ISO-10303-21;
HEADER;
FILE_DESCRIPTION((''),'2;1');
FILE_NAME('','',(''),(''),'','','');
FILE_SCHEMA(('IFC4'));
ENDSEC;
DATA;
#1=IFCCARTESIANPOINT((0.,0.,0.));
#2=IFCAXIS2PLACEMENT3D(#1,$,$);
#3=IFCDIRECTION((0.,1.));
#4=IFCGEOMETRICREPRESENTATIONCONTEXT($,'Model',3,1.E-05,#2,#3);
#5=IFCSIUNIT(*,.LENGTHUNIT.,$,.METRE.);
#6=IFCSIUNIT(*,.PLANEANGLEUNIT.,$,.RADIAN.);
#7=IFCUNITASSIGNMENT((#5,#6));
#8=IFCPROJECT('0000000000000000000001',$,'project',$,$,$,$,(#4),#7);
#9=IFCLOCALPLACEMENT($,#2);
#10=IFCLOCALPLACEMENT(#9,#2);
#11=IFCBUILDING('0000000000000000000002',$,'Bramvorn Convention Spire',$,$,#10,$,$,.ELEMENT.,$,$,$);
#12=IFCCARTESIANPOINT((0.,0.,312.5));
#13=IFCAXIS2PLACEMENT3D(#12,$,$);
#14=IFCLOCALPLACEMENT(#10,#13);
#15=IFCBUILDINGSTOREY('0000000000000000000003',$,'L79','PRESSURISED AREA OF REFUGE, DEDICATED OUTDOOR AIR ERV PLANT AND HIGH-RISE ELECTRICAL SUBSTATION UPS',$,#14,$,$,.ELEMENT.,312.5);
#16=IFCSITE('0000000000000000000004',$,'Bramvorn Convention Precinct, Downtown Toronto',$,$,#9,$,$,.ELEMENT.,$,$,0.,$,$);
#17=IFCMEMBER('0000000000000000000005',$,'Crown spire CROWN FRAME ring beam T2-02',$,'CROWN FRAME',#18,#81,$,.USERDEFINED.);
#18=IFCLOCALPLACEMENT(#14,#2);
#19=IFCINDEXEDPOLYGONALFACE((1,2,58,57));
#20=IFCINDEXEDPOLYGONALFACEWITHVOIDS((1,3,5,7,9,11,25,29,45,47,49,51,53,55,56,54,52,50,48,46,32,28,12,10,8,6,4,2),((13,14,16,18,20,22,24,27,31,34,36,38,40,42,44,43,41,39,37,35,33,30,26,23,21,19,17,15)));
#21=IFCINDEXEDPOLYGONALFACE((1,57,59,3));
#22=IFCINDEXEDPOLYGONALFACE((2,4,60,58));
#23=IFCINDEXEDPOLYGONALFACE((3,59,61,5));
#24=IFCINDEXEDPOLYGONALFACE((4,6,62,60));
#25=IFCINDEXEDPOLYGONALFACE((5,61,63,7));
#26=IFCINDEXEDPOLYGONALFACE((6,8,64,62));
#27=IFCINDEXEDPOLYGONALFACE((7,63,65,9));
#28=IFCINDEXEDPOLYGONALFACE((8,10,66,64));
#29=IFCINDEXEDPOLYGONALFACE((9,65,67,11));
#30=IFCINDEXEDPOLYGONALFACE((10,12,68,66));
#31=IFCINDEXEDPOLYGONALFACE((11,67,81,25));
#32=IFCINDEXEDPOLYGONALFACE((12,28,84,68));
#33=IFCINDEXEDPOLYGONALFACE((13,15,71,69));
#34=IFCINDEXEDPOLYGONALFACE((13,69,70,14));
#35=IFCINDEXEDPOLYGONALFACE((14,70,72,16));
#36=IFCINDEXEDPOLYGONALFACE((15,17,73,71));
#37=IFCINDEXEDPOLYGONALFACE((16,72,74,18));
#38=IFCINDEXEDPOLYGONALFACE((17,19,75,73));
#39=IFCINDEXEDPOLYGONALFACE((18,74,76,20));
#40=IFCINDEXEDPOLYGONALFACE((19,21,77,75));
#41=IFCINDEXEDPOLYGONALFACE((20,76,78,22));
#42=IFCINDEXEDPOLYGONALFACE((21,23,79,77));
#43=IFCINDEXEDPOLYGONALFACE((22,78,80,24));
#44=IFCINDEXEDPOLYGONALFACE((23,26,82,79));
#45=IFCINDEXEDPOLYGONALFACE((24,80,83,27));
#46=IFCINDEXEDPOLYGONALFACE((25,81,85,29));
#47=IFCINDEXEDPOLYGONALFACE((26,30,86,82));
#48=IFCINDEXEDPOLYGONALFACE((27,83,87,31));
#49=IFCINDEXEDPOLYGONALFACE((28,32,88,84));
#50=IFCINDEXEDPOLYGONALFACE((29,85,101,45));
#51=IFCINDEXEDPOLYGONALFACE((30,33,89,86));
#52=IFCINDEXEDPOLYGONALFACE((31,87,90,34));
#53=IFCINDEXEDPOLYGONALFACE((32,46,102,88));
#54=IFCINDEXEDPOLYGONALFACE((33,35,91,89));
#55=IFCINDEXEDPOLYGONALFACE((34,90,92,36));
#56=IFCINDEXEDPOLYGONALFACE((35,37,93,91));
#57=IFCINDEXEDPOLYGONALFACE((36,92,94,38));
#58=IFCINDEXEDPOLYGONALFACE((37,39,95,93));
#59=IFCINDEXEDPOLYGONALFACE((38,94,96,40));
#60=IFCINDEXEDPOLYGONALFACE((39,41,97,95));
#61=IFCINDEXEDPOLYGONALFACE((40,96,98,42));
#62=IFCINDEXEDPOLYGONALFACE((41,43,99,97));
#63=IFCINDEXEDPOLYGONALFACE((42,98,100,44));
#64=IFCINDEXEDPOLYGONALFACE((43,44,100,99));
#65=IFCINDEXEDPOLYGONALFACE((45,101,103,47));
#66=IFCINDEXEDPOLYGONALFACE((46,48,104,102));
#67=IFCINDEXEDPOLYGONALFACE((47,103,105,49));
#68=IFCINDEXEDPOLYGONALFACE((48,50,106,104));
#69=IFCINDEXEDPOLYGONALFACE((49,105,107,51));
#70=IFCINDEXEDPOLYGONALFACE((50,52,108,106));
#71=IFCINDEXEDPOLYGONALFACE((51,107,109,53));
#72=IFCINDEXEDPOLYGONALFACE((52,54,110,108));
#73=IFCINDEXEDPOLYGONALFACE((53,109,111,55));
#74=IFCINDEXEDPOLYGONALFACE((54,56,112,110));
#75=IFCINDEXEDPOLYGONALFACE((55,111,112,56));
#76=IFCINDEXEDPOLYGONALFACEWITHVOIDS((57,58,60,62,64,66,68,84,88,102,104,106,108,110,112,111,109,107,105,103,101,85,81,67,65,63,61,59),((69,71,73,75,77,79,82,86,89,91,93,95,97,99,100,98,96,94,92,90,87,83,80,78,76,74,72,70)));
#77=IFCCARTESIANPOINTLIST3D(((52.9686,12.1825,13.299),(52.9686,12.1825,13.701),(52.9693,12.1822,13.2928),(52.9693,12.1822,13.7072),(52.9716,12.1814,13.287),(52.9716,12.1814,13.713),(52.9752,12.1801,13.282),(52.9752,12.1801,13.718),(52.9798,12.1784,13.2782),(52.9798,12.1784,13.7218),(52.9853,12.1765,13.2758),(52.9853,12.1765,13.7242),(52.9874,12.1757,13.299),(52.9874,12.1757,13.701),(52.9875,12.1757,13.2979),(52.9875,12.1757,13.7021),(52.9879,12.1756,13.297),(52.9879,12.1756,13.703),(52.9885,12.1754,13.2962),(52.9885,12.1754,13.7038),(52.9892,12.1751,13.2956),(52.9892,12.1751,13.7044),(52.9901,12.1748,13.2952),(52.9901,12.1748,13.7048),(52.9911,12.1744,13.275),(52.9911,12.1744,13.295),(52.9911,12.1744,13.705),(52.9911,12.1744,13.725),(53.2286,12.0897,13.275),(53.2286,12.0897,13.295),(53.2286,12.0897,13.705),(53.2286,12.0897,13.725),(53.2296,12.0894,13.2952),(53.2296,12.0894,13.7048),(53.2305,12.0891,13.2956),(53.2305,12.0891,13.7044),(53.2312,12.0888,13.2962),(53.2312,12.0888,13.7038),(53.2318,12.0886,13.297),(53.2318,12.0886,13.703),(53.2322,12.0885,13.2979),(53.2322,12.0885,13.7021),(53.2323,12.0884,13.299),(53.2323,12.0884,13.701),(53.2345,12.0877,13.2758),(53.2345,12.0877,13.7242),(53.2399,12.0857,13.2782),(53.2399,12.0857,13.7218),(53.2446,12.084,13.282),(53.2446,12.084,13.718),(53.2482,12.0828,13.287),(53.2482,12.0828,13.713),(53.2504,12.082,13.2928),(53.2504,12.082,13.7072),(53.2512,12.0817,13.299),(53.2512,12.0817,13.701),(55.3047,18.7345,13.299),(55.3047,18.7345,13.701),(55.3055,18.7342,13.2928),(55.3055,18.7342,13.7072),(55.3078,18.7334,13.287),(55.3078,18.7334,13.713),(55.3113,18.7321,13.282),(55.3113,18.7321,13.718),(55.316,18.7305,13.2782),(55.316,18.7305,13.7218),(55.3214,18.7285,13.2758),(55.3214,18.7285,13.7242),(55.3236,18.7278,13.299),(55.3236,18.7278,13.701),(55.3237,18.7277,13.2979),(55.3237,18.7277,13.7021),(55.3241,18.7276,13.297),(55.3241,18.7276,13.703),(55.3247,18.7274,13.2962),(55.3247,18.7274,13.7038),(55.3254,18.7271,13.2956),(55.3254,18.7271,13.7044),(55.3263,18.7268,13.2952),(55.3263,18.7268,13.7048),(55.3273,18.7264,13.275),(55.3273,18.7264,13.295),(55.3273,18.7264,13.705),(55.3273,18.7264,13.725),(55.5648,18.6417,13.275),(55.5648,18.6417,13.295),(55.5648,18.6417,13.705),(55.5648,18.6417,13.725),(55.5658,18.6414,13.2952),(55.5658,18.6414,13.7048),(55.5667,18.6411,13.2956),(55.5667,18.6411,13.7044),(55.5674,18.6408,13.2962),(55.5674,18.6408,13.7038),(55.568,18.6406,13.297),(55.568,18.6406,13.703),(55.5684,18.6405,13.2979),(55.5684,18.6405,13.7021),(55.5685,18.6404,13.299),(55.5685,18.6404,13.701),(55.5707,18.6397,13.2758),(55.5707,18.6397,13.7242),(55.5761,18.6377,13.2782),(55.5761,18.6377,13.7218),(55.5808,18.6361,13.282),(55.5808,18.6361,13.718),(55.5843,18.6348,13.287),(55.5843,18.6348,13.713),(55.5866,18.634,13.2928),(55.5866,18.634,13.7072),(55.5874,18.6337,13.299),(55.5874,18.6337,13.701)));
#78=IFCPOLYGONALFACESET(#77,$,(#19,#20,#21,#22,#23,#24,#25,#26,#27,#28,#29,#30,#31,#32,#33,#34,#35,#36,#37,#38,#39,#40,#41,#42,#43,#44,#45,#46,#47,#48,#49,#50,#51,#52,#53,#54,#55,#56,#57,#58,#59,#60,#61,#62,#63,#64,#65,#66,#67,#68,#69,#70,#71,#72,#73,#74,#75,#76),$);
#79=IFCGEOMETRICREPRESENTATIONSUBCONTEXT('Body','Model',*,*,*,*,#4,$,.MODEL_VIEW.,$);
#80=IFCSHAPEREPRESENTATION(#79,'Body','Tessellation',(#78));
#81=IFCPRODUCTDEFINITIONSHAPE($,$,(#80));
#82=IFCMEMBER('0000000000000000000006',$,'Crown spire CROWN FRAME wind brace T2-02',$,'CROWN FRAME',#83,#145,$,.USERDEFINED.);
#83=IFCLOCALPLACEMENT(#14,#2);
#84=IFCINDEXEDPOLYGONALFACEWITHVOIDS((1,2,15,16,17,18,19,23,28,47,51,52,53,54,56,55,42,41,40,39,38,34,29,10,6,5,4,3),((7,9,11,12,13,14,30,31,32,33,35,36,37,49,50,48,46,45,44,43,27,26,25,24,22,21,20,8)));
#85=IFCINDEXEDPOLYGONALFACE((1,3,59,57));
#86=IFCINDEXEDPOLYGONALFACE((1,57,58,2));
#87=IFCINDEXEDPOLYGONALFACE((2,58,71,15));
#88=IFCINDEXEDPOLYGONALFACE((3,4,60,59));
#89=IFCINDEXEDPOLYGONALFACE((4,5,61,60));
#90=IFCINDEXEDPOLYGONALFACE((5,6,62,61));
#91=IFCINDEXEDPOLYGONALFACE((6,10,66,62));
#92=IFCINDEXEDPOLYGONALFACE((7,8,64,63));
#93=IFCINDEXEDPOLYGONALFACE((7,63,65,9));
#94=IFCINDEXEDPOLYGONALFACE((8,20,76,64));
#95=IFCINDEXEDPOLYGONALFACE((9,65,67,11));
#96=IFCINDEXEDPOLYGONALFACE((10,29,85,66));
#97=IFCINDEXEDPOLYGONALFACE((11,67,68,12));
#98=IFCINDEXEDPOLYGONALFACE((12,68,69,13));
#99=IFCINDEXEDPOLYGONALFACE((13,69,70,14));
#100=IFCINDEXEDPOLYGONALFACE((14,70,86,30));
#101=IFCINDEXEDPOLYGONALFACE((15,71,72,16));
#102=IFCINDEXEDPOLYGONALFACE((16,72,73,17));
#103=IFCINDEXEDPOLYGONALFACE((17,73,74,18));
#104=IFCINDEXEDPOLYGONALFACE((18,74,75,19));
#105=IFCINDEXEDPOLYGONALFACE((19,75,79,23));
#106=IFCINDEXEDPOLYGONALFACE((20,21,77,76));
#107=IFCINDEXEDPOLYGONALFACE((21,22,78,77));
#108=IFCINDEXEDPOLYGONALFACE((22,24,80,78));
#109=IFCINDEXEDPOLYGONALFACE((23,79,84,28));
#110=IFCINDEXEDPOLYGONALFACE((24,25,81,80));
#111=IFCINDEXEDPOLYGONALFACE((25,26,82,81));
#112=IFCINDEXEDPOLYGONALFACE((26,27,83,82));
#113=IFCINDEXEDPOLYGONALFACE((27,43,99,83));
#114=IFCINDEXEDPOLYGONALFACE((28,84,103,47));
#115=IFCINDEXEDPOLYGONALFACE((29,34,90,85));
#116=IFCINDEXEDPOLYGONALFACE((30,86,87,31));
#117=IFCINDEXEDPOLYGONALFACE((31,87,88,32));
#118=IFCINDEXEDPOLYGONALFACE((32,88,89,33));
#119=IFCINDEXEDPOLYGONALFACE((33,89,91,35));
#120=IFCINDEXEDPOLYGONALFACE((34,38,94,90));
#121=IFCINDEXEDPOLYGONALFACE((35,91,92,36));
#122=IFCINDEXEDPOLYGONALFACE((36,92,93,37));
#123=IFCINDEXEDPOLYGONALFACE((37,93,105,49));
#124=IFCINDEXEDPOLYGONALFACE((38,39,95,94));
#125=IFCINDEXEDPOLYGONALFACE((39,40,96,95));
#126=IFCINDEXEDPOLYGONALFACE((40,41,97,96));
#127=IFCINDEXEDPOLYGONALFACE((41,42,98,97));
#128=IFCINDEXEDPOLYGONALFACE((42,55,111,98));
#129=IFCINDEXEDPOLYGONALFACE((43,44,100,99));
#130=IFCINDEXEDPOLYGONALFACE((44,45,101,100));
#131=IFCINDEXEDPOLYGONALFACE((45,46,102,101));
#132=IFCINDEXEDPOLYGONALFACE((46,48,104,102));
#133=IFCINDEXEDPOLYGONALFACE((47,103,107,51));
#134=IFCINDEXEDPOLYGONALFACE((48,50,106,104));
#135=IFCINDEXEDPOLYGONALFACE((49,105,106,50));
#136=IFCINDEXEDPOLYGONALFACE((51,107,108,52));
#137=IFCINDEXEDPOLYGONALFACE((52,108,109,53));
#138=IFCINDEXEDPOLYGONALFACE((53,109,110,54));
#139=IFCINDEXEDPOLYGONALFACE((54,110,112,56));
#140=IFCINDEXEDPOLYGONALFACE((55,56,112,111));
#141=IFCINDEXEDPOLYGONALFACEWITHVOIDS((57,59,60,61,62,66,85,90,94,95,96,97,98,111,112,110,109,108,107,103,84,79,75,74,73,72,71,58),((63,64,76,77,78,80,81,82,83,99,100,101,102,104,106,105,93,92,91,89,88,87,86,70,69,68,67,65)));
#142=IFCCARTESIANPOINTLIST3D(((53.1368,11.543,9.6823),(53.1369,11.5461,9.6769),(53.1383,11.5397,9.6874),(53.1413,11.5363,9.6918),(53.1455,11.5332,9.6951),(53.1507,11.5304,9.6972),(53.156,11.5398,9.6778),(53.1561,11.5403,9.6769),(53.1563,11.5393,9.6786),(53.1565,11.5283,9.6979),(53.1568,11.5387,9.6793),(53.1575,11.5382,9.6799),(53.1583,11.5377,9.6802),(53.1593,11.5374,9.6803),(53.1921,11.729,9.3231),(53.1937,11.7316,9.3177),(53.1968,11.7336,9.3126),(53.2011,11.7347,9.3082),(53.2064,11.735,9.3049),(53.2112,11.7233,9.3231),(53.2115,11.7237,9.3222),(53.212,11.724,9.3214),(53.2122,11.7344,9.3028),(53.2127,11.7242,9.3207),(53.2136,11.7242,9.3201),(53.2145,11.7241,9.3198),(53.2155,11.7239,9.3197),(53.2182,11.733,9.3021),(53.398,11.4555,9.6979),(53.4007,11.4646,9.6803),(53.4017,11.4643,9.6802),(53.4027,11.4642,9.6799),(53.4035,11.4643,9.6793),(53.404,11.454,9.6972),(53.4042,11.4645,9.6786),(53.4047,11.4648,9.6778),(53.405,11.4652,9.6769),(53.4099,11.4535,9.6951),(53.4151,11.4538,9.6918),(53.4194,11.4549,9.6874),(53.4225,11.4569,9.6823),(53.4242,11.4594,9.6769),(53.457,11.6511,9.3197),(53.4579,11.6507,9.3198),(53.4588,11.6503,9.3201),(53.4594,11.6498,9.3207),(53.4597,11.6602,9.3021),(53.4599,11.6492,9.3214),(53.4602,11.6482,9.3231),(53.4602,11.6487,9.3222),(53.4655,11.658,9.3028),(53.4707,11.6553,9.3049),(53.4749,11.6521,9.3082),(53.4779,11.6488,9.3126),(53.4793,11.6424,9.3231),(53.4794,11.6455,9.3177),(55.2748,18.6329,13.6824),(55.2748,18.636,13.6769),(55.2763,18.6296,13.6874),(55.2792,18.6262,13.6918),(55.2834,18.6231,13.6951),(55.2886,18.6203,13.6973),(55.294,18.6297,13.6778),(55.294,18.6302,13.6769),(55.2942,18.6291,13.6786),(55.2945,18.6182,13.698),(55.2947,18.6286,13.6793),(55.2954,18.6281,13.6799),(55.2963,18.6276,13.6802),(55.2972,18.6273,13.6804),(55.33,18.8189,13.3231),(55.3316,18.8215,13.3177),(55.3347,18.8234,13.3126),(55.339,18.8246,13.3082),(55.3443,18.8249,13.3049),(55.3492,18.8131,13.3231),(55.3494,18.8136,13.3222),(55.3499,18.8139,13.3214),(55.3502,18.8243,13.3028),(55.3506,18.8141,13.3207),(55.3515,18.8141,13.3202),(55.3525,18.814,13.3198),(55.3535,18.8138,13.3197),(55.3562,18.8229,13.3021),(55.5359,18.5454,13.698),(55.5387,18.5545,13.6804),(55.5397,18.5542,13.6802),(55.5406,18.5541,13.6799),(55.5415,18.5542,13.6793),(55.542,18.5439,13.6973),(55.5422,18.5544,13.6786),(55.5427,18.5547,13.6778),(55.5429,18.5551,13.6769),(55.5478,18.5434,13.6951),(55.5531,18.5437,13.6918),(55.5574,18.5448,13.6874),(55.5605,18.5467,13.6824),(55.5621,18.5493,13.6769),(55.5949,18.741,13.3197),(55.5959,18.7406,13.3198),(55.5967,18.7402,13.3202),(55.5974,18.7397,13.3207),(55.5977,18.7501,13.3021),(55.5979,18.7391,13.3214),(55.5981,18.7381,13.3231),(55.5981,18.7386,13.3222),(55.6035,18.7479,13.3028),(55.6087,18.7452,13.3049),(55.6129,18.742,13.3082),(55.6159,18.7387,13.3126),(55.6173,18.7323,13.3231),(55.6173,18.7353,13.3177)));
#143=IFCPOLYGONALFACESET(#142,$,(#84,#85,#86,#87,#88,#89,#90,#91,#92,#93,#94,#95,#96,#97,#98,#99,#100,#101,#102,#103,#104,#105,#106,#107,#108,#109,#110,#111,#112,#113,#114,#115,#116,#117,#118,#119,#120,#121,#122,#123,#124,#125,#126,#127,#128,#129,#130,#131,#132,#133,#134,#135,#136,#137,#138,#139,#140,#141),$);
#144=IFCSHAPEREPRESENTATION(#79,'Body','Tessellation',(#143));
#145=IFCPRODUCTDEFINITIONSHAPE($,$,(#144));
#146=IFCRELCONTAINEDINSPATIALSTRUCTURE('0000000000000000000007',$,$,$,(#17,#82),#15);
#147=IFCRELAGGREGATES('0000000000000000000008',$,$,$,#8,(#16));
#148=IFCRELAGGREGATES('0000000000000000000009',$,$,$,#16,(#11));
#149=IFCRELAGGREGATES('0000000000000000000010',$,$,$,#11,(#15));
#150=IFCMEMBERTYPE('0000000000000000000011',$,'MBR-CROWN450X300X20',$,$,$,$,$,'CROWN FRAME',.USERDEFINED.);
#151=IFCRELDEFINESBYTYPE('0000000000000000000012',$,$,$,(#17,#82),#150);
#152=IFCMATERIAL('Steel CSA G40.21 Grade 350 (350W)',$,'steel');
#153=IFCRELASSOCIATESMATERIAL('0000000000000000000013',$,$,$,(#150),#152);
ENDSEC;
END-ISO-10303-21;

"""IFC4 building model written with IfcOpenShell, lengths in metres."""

from ifc_helpers import new_model, si_unit, direction, frame, origin, origin_2d, place, context, subcontext, project, spatial, hollow_rectangle, extrude, material, material_profile, profile_set, type_object, element, save


model = new_model("IFC4")

# Units and contexts
model_context = context("Model", 3, precision=1e-05, world=origin(), true_north=direction((0.0, 1.0)))
body_context = subcontext(model_context, "Body", "Model", "MODEL_VIEW")
ifc_project = project(units=[si_unit("LENGTHUNIT", "METRE"), si_unit("PLANEANGLEUNIT", "RADIAN")], contexts=[model_context])

# Site, building, storey
site_placement = place(None, origin())
site = spatial("IfcSite", under=ifc_project, at=site_placement, Name="Bramvorn Convention Precinct, Downtown Toronto", CompositionType="ELEMENT", RefElevation=0.0)
building_placement = place(site_placement, origin())
building = spatial("IfcBuilding", under=site, at=building_placement, Name="Bramvorn Convention Spire", CompositionType="ELEMENT")
storey_placement = place(building_placement, frame((0.0, 0.0, 312.5)))
storey = spatial("IfcBuildingStorey", under=building, at=storey_placement, Name="L79", Description="PRESSURISED AREA OF REFUGE, DEDICATED OUTDOOR AIR ERV PLANT AND HIGH-RISE ELECTRICAL SUBSTATION UPS", CompositionType="ELEMENT", Elevation=312.5)

# Shared definitions
ifc_material_1 = material(Name="Steel CSA G40.21 Grade 350 (350W)", Category="steel")

# Members
ifc_material_profile_1 = material_profile(ifc_material_1, hollow_rectangle(XDim=0.3, YDim=0.45, WallThickness=0.02, InnerFilletRadius=0.0039, OuterFilletRadius=0.0239, at=origin_2d()))
ifc_profile_set_1 = profile_set([ifc_material_profile_1], Name="Steel CSA G40.21 Grade 350 (350W) - CROWN450X300X20")
member_type = type_object("IfcMemberType", Name="MBR-CROWN450X300X20", ElementType="CROWN FRAME", PredefinedType="USERDEFINED", material=ifc_profile_set_1)
member_1_placement = place(storey_placement, frame((53.1099, 12.1321, 13.5), z_axis=(0.335849, 0.941916, 0.0), x_axis=(-0.941916, 0.335849, 0.0)))
element("IfcMember", 1, at=member_1_placement, inside=storey, type_object=member_type, Name="Crown spire CROWN FRAME ring beam T2-02", ObjectType="CROWN FRAME", PredefinedType="USERDEFINED", context=body_context, shape_type="SweptSolid", body=[
    extrude(hollow_rectangle(XDim=0.3, YDim=0.45, WallThickness=0.02, InnerFilletRadius=0.0039, OuterFilletRadius=0.0239, at=origin_2d()), origin(), (0.0, 0.0, 1.0), 6.9561),
])
member_2_placement = place(storey_placement, frame((53.3081, 11.5942, 9.5), z_axis=(0.254019, 0.842379, 0.47526), x_axis=(-0.957417, 0.288709, 0.0)))
element("IfcMember", 2, at=member_2_placement, inside=storey, type_object=member_type, Name="Crown spire CROWN FRAME wind brace T2-02", ObjectType="CROWN FRAME", PredefinedType="USERDEFINED", context=body_context, shape_type="SweptSolid", body=[
    extrude(hollow_rectangle(XDim=0.3, YDim=0.45, WallThickness=0.02, InnerFilletRadius=0.0039, OuterFilletRadius=0.0239, at=origin_2d()), origin(), (0.0, 0.0, 1.0), 8.4165),
])

save(model, "model.ifc")
